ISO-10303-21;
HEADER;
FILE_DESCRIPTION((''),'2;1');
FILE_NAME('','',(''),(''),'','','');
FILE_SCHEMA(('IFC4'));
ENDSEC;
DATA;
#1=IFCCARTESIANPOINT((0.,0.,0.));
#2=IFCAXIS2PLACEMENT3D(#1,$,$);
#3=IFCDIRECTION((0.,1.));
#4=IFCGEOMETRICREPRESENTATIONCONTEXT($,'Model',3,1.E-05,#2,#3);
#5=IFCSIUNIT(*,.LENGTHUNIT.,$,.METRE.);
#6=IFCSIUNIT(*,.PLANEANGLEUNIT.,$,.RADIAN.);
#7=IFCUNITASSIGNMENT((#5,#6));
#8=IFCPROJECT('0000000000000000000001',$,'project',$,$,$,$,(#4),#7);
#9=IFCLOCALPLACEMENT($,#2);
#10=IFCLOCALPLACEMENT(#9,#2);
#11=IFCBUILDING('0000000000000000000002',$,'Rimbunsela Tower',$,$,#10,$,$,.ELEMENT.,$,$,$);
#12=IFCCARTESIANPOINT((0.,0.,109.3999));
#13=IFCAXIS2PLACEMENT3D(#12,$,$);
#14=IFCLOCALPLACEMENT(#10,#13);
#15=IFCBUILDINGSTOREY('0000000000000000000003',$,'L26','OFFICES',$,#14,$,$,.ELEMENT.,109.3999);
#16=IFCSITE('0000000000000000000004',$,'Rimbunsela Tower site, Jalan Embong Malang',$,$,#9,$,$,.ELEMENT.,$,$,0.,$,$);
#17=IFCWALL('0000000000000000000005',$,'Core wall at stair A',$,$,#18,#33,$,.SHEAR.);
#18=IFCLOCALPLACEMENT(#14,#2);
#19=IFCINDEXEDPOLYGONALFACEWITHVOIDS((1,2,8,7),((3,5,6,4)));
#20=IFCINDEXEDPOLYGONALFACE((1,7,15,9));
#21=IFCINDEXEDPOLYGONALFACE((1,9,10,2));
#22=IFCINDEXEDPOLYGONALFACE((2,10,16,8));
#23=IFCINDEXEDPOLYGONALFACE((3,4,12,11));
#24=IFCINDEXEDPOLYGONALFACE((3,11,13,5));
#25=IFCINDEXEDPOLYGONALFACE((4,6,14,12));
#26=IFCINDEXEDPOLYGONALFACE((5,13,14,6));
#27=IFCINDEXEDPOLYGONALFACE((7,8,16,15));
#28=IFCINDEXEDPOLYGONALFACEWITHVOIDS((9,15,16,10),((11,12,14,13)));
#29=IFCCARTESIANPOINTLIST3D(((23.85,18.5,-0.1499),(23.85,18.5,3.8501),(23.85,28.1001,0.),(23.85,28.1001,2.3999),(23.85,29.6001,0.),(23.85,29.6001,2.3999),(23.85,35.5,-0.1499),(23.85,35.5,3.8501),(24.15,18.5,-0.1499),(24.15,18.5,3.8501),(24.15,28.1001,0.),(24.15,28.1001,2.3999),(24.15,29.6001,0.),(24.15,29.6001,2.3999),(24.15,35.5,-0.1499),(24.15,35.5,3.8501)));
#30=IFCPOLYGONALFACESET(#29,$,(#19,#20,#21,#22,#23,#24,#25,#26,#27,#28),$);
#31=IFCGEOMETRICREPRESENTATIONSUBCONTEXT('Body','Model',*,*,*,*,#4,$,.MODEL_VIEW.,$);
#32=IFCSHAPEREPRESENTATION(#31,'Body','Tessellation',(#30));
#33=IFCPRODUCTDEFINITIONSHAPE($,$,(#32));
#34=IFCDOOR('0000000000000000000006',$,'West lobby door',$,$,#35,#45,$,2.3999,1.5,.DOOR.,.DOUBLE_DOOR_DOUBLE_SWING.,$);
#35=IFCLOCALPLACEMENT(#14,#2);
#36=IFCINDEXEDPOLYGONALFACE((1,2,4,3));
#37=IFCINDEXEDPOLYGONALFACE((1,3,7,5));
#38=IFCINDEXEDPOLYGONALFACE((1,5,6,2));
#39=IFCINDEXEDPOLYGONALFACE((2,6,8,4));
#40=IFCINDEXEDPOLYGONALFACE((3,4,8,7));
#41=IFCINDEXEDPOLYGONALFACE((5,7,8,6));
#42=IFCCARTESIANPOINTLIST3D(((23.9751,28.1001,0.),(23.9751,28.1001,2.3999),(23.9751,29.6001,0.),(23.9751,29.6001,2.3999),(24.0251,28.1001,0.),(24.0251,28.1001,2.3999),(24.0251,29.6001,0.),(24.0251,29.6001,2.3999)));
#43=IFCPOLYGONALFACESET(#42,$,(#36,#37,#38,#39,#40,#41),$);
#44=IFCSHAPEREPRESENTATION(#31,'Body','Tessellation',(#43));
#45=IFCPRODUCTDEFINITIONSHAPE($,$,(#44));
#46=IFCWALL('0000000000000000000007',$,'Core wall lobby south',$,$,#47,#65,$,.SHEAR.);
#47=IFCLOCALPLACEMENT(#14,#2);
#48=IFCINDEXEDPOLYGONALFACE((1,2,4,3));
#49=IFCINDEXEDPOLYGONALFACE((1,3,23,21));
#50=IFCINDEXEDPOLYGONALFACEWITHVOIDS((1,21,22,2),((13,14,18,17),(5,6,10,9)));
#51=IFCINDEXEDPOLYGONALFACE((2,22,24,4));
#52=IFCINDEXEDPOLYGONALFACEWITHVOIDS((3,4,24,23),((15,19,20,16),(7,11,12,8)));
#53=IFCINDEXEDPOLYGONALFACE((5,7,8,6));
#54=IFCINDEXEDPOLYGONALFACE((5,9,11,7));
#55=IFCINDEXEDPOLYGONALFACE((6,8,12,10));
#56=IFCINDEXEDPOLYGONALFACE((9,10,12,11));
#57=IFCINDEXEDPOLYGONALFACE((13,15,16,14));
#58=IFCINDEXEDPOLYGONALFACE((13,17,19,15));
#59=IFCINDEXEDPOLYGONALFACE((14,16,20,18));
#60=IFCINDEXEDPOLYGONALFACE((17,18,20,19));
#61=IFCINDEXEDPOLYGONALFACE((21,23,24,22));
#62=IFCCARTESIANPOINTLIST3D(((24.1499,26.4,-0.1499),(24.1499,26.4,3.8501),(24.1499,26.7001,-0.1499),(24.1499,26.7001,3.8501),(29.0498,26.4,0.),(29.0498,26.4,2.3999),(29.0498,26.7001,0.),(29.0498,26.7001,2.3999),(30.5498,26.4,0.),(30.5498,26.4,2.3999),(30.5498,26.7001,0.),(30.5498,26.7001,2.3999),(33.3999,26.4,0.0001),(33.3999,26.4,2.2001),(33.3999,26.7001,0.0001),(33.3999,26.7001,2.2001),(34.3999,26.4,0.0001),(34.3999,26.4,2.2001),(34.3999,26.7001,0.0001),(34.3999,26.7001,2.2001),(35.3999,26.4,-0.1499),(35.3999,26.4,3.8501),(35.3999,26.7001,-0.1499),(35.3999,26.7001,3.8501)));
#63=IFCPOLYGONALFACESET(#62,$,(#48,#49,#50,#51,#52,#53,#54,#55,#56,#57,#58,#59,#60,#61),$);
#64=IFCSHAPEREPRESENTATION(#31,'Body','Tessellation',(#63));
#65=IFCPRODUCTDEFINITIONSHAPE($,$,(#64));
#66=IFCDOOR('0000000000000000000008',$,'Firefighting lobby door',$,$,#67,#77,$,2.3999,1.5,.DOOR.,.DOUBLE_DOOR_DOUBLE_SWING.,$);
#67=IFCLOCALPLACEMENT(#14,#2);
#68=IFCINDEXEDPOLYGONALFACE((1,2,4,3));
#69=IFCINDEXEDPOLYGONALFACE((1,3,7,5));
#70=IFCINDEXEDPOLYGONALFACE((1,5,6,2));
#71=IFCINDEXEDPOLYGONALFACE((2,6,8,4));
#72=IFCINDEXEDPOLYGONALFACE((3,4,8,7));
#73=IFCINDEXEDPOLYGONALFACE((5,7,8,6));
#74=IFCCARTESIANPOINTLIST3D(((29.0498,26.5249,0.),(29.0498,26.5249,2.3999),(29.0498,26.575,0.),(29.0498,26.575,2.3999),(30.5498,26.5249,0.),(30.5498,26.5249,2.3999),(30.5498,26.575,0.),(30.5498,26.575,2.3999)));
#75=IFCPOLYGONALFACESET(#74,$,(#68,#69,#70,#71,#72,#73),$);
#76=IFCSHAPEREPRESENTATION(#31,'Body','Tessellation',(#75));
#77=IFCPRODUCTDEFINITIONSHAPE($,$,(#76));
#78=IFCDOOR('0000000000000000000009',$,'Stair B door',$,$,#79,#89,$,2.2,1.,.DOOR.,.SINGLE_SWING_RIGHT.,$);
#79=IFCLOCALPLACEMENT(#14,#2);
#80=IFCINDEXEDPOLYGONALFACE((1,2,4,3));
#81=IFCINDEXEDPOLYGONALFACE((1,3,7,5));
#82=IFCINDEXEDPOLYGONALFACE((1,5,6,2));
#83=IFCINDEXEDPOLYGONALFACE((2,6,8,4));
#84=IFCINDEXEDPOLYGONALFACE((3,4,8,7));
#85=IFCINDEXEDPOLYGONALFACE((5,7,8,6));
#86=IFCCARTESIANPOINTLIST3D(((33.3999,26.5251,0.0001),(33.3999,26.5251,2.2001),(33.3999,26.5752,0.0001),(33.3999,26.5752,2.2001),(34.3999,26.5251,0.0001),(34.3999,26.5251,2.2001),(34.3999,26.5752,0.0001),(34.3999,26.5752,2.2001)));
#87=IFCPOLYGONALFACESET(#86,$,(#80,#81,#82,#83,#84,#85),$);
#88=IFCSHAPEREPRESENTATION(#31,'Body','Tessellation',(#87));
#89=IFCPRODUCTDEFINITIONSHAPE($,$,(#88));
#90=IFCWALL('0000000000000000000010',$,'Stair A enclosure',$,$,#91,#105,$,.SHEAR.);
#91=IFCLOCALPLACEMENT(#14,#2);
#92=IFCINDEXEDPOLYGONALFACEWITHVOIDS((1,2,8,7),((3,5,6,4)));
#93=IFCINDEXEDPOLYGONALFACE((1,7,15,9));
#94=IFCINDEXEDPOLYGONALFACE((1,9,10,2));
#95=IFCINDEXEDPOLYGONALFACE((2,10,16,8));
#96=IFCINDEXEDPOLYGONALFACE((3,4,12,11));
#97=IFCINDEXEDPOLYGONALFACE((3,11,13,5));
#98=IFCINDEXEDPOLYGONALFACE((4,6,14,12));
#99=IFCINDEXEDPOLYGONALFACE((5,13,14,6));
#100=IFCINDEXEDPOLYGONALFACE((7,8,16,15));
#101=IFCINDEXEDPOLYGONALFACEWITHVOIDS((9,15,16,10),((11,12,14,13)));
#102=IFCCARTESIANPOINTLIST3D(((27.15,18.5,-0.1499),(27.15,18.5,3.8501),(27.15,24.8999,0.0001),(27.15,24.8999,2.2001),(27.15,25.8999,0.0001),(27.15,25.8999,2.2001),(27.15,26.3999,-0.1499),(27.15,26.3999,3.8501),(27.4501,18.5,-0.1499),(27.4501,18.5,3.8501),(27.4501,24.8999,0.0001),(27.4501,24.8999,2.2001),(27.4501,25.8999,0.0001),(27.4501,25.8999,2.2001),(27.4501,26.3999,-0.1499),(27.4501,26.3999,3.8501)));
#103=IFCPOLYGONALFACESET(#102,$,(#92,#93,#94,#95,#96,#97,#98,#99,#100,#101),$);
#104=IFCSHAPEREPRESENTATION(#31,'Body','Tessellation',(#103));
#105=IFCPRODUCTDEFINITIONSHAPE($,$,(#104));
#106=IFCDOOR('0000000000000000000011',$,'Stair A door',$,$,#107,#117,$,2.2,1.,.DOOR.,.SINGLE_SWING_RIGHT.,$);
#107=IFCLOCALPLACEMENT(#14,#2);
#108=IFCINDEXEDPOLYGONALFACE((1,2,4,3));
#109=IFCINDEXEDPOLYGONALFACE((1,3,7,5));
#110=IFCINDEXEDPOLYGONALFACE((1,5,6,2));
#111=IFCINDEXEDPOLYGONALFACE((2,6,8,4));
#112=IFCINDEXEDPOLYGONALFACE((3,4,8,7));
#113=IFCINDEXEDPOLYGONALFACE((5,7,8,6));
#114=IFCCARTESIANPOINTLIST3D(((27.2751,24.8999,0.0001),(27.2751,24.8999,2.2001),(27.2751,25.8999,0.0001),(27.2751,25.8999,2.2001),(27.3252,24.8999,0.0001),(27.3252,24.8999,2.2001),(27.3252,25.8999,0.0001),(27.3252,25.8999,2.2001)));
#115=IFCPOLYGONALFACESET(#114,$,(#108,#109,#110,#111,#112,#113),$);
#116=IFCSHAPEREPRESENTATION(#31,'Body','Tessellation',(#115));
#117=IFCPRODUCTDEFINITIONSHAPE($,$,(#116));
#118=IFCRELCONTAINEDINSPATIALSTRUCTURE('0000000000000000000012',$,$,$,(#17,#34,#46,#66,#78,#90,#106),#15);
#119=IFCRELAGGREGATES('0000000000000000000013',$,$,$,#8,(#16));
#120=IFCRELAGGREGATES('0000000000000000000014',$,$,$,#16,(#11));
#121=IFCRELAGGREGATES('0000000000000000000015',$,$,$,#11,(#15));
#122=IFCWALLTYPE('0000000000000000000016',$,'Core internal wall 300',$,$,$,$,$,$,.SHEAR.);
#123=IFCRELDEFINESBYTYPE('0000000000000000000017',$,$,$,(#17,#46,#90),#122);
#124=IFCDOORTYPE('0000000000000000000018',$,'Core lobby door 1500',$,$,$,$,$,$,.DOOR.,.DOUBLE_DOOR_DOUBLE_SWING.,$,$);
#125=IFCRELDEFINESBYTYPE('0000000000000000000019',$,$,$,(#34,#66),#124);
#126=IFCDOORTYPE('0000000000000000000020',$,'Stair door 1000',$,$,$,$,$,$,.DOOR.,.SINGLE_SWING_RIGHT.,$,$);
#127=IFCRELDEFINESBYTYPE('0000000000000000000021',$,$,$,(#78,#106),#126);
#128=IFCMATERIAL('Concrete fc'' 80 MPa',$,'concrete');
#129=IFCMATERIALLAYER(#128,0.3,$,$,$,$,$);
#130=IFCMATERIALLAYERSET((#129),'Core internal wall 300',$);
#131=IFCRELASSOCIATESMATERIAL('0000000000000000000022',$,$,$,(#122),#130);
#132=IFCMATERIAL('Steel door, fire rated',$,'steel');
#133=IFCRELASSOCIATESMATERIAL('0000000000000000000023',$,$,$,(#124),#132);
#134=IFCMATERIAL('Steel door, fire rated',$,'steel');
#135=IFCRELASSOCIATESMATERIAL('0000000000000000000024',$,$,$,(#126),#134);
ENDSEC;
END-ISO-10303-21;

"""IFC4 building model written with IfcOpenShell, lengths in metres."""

from ifc_helpers import new_model, si_unit, direction, frame, frame_2d, origin, place, context, subcontext, project, spatial, rectangle, extrude, material, layer, layer_set, type_object, element, fill, save


model = new_model("IFC4")

# Units and contexts
model_context = context("Model", 3, precision=1e-05, world=origin(), true_north=direction((0.0, 1.0)))
body_context = subcontext(model_context, "Body", "Model", "MODEL_VIEW")
ifc_project = project(units=[si_unit("LENGTHUNIT", "METRE"), si_unit("PLANEANGLEUNIT", "RADIAN")], contexts=[model_context])

# Site, building, storey
site_placement = place(None, origin())
site = spatial("IfcSite", under=ifc_project, at=site_placement, Name="Rimbunsela Tower site, Jalan Embong Malang", CompositionType="ELEMENT", RefElevation=0.0)
building_placement = place(site_placement, origin())
building = spatial("IfcBuilding", under=site, at=building_placement, Name="Rimbunsela Tower", CompositionType="ELEMENT")
storey_placement = place(building_placement, frame((0.0, 0.0, 109.3999)))
storey = spatial("IfcBuildingStorey", under=building, at=storey_placement, Name="L26", Description="OFFICES", CompositionType="ELEMENT", Elevation=109.3999)

# Wall, opening, door
ifc_material_1 = material(Name="Concrete fc' 80 MPa", Category="concrete")
ifc_layer_1 = layer(ifc_material_1, 0.3)
ifc_layer_set_1 = layer_set([ifc_layer_1], Name="Core internal wall 300")
wall_type_1 = type_object("IfcWallType", Name="Core internal wall 300", PredefinedType="SHEAR", material=ifc_layer_set_1)
wall_1_placement = place(storey_placement, frame((24.0, 18.5, -0.1499), z_axis=(0.0, 0.0, 1.0), x_axis=(0.0, 1.0, 0.0)))
wall_1 = element("IfcWall", 1, at=wall_1_placement, inside=storey, type_object=wall_type_1, Name="Core wall at stair A", PredefinedType="SHEAR", context=body_context, shape_type="SweptSolid", body=[
    extrude(rectangle(XDim=17.0, YDim=0.3, at=frame_2d((8.5, 0.0))), origin(), (0.0, 0.0, 1.0), 4.0),
])
opening_1_placement = place(wall_1_placement, frame((9.6001, 0.0, 0.1499)))
opening_1 = element("IfcOpeningElement", 2, at=opening_1_placement, cuts=wall_1, PredefinedType="OPENING", context=body_context, shape_type="SweptSolid", body=[
    extrude(rectangle(XDim=1.5, YDim=2.3999, at=frame_2d((0.75, 1.2))), frame((0.0, 0.1599, 0.0), z_axis=(0.0, -1.0, 0.0), x_axis=(1.0, 0.0, 0.0)), (0.0, 0.0, 1.0), 0.3201),
])
ifc_material_2 = material(Name="Steel door, fire rated", Category="steel")
door_type_1 = type_object("IfcDoorType", Name="Core lobby door 1500", OperationType="DOUBLE_DOOR_DOUBLE_SWING", PredefinedType="DOOR", material=ifc_material_2)
door_1_placement = place(opening_1_placement, origin())
door_1 = element("IfcDoor", 3, at=door_1_placement, inside=storey, type_object=door_type_1, Name="West lobby door", OperationType="DOUBLE_DOOR_DOUBLE_SWING", OverallHeight=2.3999, OverallWidth=1.5, PredefinedType="DOOR", context=body_context, shape_type="SweptSolid", body=[
    extrude(rectangle(XDim=1.5, YDim=2.3999, at=frame_2d((0.75, 1.2))), frame((0.0, 0.0249, 0.0), z_axis=(0.0, -1.0, 0.0), x_axis=(1.0, 0.0, 0.0)), (0.0, 0.0, 1.0), 0.05),
])
fill(opening_1, door_1)

# Wall, openings, doors
wall_2_placement = place(storey_placement, frame((24.1499, 26.55, -0.1499), z_axis=(0.0, 0.0, 1.0), x_axis=(1.0, 0.0, 0.0)))
wall_2 = element("IfcWall", 4, at=wall_2_placement, inside=storey, type_object=wall_type_1, Name="Core wall lobby south", PredefinedType="SHEAR", context=body_context, shape_type="SweptSolid", body=[
    extrude(rectangle(XDim=11.25, YDim=0.3, at=frame_2d((5.625, 0.0))), origin(), (0.0, 0.0, 1.0), 4.0),
])
opening_2_placement = place(wall_2_placement, frame((9.25, 0.0, 0.1499)))
opening_2 = element("IfcOpeningElement", 5, at=opening_2_placement, cuts=wall_2, PredefinedType="OPENING", context=body_context, shape_type="SweptSolid", body=[
    extrude(rectangle(XDim=1.0, YDim=2.2, at=frame_2d((0.5, 1.1001))), frame((0.0, 0.1599, 0.0), z_axis=(0.0, -1.0, 0.0), x_axis=(1.0, 0.0, 0.0)), (0.0, 0.0, 1.0), 0.3201),
])
opening_3_placement = place(wall_2_placement, frame((4.8999, 0.0, 0.1499)))
opening_3 = element("IfcOpeningElement", 6, at=opening_3_placement, cuts=wall_2, PredefinedType="OPENING", context=body_context, shape_type="SweptSolid", body=[
    extrude(rectangle(XDim=1.5, YDim=2.3999, at=frame_2d((0.75, 1.2))), frame((0.0, 0.1599, 0.0), z_axis=(0.0, -1.0, 0.0), x_axis=(1.0, 0.0, 0.0)), (0.0, 0.0, 1.0), 0.3201),
])
door_2_placement = place(opening_3_placement, origin())
door_2 = element("IfcDoor", 7, at=door_2_placement, inside=storey, type_object=door_type_1, Name="Firefighting lobby door", OperationType="DOUBLE_DOOR_DOUBLE_SWING", OverallHeight=2.3999, OverallWidth=1.5, PredefinedType="DOOR", context=body_context, shape_type="SweptSolid", body=[
    extrude(rectangle(XDim=1.5, YDim=2.3999, at=frame_2d((0.75, 1.2))), frame((0.0, 0.0249, 0.0), z_axis=(0.0, -1.0, 0.0), x_axis=(1.0, 0.0, 0.0)), (0.0, 0.0, 1.0), 0.05),
])
fill(opening_3, door_2)
ifc_material_3 = material(Name="Steel door, fire rated", Category="steel")
door_type_2 = type_object("IfcDoorType", Name="Stair door 1000", OperationType="SINGLE_SWING_RIGHT", PredefinedType="DOOR", material=ifc_material_3)
door_3_placement = place(opening_2_placement, frame((1.0, 0.0, 0.0), z_axis=(0.0, 0.0, 1.0), x_axis=(-1.0, 0.0, 0.0)))
door_3 = element("IfcDoor", 8, at=door_3_placement, inside=storey, type_object=door_type_2, Name="Stair B door", OperationType="SINGLE_SWING_RIGHT", OverallHeight=2.2, OverallWidth=1.0, PredefinedType="DOOR", context=body_context, shape_type="SweptSolid", body=[
    extrude(rectangle(XDim=1.0, YDim=2.2, at=frame_2d((0.5, 1.1001))), frame((0.0, 0.0249, 0.0), z_axis=(0.0, -1.0, 0.0), x_axis=(1.0, 0.0, 0.0)), (0.0, 0.0, 1.0), 0.05),
])
fill(opening_2, door_3)

# Wall, opening, door
wall_3_placement = place(storey_placement, frame((27.3, 18.5, -0.1499), z_axis=(0.0, 0.0, 1.0), x_axis=(0.0, 1.0, 0.0)))
wall_3 = element("IfcWall", 9, at=wall_3_placement, inside=storey, type_object=wall_type_1, Name="Stair A enclosure", PredefinedType="SHEAR", context=body_context, shape_type="SweptSolid", body=[
    extrude(rectangle(XDim=7.8999, YDim=0.3, at=frame_2d((3.95, 0.0))), origin(), (0.0, 0.0, 1.0), 4.0),
])
opening_4_placement = place(wall_3_placement, frame((6.3999, 0.0, 0.1499)))
opening_4 = element("IfcOpeningElement", 10, at=opening_4_placement, cuts=wall_3, PredefinedType="OPENING", context=body_context, shape_type="SweptSolid", body=[
    extrude(rectangle(XDim=1.0, YDim=2.2, at=frame_2d((0.5, 1.1001))), frame((0.0, 0.1599, 0.0), z_axis=(0.0, -1.0, 0.0), x_axis=(1.0, 0.0, 0.0)), (0.0, 0.0, 1.0), 0.3201),
])
door_4_placement = place(opening_4_placement, origin())
door_4 = element("IfcDoor", 11, at=door_4_placement, inside=storey, type_object=door_type_2, Name="Stair A door", OperationType="SINGLE_SWING_RIGHT", OverallHeight=2.2, OverallWidth=1.0, PredefinedType="DOOR", context=body_context, shape_type="SweptSolid", body=[
    extrude(rectangle(XDim=1.0, YDim=2.2, at=frame_2d((0.5, 1.1001))), frame((0.0, 0.0249, 0.0), z_axis=(0.0, -1.0, 0.0), x_axis=(1.0, 0.0, 0.0)), (0.0, 0.0, 1.0), 0.05),
])
fill(opening_4, door_4)

save(model, "model.ifc")
